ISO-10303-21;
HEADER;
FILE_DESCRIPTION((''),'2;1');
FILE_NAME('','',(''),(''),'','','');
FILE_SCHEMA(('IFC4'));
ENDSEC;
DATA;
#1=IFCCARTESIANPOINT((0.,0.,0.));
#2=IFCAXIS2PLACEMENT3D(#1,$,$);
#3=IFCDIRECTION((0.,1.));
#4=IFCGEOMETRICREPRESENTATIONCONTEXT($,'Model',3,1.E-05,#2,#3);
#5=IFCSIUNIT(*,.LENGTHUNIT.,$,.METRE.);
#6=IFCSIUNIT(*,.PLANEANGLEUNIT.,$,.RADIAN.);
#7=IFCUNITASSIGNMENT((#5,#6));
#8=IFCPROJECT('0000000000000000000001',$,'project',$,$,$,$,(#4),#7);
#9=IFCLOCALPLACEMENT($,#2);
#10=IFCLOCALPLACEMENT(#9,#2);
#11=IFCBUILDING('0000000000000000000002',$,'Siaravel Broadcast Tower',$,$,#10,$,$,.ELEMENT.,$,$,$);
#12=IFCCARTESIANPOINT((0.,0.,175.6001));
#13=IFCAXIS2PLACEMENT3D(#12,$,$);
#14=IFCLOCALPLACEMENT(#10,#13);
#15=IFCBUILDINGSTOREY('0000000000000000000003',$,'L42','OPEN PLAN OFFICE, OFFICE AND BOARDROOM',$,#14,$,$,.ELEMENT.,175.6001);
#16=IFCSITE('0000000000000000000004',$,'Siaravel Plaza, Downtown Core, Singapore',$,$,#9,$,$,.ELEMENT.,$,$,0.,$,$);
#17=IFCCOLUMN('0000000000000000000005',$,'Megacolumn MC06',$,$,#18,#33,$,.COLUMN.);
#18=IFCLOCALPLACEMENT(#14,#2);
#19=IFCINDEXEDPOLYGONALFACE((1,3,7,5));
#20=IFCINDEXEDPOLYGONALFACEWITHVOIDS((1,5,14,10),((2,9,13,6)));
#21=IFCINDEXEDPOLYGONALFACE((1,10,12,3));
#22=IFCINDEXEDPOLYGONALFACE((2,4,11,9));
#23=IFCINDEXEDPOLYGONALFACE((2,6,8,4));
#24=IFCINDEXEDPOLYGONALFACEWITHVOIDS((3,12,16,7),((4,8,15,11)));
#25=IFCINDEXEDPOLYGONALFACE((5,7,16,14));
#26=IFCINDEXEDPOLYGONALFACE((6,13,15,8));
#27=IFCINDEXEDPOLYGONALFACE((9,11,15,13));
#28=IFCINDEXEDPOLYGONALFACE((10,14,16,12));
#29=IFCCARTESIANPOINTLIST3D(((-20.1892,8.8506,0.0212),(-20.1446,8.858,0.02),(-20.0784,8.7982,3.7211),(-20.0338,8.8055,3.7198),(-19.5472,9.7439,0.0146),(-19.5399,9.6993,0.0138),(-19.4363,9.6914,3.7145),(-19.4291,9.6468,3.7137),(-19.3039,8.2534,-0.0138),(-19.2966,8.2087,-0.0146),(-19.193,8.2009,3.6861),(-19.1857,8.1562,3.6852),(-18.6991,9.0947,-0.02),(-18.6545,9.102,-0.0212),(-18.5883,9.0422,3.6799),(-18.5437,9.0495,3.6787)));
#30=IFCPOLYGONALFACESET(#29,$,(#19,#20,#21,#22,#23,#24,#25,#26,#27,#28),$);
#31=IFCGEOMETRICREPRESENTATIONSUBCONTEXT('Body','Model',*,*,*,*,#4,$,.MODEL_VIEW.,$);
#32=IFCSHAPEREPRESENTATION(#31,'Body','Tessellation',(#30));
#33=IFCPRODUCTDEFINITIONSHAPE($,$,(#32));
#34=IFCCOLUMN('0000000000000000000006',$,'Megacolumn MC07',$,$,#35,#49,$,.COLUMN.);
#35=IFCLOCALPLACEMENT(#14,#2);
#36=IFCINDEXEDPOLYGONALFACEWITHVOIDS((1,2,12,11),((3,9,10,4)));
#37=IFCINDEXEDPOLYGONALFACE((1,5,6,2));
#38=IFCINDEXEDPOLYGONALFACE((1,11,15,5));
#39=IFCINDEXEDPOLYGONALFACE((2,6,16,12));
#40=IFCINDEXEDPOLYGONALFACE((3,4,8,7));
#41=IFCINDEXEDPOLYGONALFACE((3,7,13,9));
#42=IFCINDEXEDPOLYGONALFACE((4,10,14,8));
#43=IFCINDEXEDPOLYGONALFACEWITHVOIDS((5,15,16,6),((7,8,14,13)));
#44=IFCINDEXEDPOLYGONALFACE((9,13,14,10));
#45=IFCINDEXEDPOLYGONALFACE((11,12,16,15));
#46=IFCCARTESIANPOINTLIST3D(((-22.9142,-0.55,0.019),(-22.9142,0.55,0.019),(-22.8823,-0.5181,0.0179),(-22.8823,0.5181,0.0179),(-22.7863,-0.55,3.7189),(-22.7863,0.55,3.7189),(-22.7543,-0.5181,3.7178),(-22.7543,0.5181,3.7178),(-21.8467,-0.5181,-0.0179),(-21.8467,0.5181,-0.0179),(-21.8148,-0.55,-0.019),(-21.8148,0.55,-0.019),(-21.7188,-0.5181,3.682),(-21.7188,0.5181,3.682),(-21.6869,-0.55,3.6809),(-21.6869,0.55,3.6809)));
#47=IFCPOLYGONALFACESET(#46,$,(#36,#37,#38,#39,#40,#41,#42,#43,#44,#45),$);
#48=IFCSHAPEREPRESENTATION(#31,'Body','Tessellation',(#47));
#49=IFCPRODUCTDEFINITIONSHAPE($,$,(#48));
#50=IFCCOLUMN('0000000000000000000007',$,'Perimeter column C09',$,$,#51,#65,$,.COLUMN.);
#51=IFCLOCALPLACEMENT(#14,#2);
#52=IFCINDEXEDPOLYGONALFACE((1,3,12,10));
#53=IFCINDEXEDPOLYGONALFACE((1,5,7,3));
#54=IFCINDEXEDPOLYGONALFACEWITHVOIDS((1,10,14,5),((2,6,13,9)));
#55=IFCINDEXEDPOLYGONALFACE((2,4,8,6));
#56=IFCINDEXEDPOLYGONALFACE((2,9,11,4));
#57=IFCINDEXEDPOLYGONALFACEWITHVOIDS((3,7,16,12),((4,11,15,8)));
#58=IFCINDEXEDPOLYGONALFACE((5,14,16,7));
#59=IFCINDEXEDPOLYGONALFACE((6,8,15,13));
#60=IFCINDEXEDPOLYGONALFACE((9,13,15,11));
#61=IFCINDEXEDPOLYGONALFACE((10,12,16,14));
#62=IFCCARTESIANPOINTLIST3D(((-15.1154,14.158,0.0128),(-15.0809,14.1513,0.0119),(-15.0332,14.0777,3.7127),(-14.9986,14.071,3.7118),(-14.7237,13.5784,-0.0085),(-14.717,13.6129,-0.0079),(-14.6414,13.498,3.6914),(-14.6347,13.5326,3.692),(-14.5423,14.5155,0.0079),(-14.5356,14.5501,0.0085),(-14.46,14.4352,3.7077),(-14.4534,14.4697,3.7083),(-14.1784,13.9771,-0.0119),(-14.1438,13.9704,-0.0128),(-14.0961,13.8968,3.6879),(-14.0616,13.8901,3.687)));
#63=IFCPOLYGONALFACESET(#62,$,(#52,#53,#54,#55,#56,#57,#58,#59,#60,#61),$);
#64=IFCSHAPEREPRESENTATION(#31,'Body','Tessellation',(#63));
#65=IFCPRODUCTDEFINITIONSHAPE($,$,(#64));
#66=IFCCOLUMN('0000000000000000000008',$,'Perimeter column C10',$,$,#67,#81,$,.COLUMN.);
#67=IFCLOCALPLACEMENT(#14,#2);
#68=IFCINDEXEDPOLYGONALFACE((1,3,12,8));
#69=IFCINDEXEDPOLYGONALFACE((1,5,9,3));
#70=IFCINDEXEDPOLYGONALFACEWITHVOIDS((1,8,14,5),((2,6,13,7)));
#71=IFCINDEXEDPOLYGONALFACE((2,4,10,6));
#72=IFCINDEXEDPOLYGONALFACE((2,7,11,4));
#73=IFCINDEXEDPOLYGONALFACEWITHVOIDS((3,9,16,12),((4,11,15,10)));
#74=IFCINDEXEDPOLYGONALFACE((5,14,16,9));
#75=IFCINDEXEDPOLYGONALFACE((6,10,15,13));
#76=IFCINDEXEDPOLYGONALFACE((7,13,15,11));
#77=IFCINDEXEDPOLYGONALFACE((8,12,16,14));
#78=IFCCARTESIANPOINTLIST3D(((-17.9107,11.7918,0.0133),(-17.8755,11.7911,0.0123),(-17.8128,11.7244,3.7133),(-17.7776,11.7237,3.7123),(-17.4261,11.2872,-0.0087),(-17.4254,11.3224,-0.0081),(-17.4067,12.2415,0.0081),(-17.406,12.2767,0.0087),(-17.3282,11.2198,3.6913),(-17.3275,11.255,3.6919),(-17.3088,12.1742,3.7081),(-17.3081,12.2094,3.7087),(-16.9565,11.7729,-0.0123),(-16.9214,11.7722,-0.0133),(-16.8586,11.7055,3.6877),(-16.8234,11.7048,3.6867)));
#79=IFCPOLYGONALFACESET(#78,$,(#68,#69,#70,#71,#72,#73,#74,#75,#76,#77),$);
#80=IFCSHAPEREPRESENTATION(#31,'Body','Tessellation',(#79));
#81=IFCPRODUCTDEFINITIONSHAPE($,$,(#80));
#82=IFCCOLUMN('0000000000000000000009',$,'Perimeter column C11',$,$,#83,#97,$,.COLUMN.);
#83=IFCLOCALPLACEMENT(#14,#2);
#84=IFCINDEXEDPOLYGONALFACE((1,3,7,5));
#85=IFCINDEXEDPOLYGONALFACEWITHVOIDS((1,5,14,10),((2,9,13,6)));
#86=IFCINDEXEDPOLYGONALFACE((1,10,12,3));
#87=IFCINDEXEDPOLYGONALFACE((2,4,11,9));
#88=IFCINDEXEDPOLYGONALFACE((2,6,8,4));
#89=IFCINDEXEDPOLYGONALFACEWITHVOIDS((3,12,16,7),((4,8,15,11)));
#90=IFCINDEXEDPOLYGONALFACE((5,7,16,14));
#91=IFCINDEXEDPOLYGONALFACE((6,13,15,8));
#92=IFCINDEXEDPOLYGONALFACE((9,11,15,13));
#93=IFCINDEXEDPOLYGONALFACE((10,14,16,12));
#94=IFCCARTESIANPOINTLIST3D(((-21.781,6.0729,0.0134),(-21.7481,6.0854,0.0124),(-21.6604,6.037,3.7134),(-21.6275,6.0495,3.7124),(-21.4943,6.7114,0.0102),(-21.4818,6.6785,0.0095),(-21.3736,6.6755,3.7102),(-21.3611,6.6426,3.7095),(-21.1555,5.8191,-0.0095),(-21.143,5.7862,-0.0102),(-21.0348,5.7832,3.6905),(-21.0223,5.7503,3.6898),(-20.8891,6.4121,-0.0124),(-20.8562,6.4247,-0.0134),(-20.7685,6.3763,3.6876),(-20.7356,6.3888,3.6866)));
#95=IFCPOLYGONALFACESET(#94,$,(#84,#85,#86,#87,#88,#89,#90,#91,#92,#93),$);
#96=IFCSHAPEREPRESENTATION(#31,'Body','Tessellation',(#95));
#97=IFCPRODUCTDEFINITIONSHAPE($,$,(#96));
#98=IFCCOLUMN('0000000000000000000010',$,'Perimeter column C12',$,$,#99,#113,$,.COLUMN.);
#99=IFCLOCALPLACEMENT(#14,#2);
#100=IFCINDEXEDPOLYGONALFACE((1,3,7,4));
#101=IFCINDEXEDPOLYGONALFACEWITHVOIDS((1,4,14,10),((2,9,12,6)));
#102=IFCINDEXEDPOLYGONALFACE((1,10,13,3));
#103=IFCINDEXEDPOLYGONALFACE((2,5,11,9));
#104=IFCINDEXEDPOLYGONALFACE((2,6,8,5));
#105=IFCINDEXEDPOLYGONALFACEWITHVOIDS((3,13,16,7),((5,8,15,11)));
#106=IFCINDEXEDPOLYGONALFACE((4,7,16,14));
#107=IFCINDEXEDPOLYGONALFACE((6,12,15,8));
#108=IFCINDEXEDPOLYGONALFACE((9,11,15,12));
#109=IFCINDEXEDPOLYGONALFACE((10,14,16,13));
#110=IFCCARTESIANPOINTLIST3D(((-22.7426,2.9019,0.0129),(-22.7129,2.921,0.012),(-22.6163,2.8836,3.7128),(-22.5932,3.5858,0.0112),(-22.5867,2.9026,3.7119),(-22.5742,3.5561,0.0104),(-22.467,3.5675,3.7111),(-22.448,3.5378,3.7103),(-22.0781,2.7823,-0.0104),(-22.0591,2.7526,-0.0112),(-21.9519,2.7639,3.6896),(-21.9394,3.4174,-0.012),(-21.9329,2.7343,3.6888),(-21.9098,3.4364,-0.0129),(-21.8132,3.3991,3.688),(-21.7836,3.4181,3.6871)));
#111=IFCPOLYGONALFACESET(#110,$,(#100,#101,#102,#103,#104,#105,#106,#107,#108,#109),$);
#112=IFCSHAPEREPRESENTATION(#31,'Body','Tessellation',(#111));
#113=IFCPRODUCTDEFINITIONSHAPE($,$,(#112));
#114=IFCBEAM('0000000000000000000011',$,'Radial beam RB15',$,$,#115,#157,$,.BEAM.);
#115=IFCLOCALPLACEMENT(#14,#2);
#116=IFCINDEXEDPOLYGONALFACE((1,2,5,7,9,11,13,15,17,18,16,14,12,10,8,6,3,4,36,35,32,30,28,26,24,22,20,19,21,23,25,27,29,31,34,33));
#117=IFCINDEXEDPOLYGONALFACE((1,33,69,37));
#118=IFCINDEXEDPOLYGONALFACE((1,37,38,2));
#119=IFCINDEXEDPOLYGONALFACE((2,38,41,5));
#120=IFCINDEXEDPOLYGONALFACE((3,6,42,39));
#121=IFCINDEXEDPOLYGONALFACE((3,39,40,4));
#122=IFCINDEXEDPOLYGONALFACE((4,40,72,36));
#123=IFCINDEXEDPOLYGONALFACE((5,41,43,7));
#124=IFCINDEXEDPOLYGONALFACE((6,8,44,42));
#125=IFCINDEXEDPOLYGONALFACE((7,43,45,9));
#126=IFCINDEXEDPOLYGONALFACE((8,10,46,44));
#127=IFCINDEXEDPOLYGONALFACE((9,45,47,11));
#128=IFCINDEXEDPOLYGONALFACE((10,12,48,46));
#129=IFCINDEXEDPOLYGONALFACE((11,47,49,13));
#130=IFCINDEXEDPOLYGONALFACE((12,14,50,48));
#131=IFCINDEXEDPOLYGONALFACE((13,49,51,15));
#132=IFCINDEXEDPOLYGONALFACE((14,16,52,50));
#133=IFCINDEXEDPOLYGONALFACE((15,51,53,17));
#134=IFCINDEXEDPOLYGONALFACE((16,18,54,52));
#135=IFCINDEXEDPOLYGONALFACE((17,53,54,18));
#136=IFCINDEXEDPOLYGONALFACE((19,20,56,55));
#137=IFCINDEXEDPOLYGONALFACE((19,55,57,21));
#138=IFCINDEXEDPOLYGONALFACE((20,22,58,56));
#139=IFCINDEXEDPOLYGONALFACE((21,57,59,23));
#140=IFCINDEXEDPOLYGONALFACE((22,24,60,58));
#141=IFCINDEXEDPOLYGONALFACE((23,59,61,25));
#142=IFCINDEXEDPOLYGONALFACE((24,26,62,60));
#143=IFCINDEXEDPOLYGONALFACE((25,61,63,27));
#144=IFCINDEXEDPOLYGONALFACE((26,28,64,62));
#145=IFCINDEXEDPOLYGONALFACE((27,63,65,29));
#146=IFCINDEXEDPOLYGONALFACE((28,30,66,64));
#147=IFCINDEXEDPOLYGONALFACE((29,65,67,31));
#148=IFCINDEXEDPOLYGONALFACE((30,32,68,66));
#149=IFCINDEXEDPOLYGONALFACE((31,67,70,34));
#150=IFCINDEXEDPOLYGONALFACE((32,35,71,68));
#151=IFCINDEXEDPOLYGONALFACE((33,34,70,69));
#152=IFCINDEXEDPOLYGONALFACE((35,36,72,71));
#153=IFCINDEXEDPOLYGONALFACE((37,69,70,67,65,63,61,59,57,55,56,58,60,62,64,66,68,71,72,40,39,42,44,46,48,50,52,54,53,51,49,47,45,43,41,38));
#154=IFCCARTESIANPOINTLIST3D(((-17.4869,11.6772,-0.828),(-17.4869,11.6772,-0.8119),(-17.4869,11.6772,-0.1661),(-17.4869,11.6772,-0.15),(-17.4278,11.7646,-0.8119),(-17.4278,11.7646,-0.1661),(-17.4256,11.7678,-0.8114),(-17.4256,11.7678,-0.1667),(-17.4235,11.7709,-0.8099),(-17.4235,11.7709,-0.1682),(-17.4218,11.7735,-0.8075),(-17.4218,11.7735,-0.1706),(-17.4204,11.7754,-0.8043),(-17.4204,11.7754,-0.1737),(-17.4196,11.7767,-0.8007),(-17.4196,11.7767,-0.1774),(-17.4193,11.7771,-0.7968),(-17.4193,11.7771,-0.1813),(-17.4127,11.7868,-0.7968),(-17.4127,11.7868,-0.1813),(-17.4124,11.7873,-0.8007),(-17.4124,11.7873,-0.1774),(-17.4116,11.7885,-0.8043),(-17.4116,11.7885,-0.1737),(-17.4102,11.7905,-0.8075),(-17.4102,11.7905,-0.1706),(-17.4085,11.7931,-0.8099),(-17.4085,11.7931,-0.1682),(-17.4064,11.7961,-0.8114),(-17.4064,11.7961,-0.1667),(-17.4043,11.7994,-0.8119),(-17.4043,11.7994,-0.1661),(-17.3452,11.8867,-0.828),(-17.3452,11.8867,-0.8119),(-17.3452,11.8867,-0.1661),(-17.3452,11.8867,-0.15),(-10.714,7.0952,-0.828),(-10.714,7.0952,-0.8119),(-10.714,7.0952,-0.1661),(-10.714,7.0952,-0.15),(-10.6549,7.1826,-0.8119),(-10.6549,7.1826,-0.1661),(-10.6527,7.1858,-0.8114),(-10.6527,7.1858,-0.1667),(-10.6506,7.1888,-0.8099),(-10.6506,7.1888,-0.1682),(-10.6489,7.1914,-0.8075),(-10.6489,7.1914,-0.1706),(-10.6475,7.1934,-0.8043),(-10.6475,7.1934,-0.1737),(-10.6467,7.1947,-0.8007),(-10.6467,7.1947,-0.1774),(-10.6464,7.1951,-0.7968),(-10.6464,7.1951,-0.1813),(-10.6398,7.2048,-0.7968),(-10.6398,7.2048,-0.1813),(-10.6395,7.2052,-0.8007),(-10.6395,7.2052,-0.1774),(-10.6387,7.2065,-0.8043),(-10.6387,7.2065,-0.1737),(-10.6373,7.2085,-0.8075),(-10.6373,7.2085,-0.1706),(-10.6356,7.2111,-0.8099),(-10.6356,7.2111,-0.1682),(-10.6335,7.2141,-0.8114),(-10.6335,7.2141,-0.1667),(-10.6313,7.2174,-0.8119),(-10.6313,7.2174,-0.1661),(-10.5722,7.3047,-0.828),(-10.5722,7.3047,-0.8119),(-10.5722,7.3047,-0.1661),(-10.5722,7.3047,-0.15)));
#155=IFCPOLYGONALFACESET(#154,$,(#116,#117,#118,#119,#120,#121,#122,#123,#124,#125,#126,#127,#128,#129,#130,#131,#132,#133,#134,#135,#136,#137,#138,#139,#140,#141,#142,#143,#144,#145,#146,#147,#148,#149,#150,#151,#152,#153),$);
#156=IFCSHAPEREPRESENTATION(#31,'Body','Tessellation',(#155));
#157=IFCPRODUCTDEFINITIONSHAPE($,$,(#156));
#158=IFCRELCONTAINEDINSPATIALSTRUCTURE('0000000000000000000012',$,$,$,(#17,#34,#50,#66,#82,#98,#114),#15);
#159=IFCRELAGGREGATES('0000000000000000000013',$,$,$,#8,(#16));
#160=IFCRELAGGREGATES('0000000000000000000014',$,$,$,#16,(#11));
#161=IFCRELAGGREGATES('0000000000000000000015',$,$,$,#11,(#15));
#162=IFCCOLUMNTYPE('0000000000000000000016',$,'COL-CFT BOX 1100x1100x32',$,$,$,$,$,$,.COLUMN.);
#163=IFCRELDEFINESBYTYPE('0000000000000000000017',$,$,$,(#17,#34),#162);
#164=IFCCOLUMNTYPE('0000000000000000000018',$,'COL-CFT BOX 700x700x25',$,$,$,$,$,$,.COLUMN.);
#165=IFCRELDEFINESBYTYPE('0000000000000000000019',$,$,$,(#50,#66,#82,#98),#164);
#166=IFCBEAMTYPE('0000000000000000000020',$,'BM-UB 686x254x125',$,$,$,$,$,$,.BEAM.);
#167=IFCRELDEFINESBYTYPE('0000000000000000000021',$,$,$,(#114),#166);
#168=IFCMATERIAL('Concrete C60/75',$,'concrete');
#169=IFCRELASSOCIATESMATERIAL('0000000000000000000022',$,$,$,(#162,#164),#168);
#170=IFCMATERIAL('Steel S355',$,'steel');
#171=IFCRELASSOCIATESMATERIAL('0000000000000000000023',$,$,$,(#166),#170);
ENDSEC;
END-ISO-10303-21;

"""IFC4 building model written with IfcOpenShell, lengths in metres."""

from ifc_helpers import new_model, si_unit, direction, frame, origin, origin_2d, place, context, subcontext, project, spatial, hollow_rectangle, i_section, extrude, material, material_profile, profile_set, type_object, element, save


model = new_model("IFC4")

# Units and contexts
model_context = context("Model", 3, precision=1e-05, world=origin(), true_north=direction((0.0, 1.0)))
body_context = subcontext(model_context, "Body", "Model", "MODEL_VIEW")
ifc_project = project(units=[si_unit("LENGTHUNIT", "METRE"), si_unit("PLANEANGLEUNIT", "RADIAN")], contexts=[model_context])

# Site, building, storey
site_placement = place(None, origin())
site = spatial("IfcSite", under=ifc_project, at=site_placement, Name="Siaravel Plaza, Downtown Core, Singapore", CompositionType="ELEMENT", RefElevation=0.0)
building_placement = place(site_placement, origin())
building = spatial("IfcBuilding", under=site, at=building_placement, Name="Siaravel Broadcast Tower", CompositionType="ELEMENT")
storey_placement = place(building_placement, frame((0.0, 0.0, 175.6001)))
storey = spatial("IfcBuildingStorey", under=building, at=storey_placement, Name="L42", Description="OPEN PLAN OFFICE, OFFICE AND BOARDROOM", CompositionType="ELEMENT", Elevation=175.6001)

# Columns
ifc_material_1 = material(Name="Concrete C60/75", Category="concrete")
ifc_material_profile_1 = material_profile(ifc_material_1, hollow_rectangle(XDim=1.1001, YDim=1.1001, WallThickness=0.032, at=origin_2d()))
ifc_profile_set_1 = profile_set([ifc_material_profile_1], Name="Concrete C60/75")
column_type_1 = type_object("IfcColumnType", Name="COL-CFT BOX 1100x1100x32", PredefinedType="COLUMN", material=ifc_profile_set_1)
column_1_placement = place(storey_placement, frame((-19.4219, 8.9763, 0.0), z_axis=(0.029941, -0.014179, 0.999451), x_axis=(0.583647, 0.811986, -0.005965)))
element("IfcColumn", 1, at=column_1_placement, inside=storey, type_object=column_type_1, Name="Megacolumn MC06", PredefinedType="COLUMN", context=body_context, shape_type="SweptSolid", body=[
    extrude(hollow_rectangle(XDim=1.1001, YDim=1.1001, WallThickness=0.032, at=origin_2d()), origin(), (0.0, 0.0, 1.0), 3.7019),
])
column_2_placement = place(storey_placement, frame((-22.3645, 0.0, 0.0), z_axis=(0.034555, 0.0, 0.999403), x_axis=(0.0, 1.0, 0.0)))
element("IfcColumn", 2, at=column_2_placement, inside=storey, type_object=column_type_1, Name="Megacolumn MC07", PredefinedType="COLUMN", context=body_context, shape_type="SweptSolid", body=[
    extrude(hollow_rectangle(XDim=1.1001, YDim=1.1001, WallThickness=0.032, at=origin_2d()), origin(), (0.0, 0.0, 1.0), 3.7021),
])
ifc_material_profile_2 = material_profile(ifc_material_1, hollow_rectangle(XDim=0.7, YDim=0.7, WallThickness=0.0249, at=origin_2d()))
ifc_profile_set_2 = profile_set([ifc_material_profile_2], Name="Concrete C60/75")
column_type_2 = type_object("IfcColumnType", Name="COL-CFT BOX 700x700x25", PredefinedType="COLUMN", material=ifc_profile_set_2)
column_3_placement = place(storey_placement, frame((-14.6296, 14.0642, 0.0), z_axis=(0.022226, -0.021699, 0.999517), x_axis=(0.82837, 0.560146, -0.00626)))
element("IfcColumn", 3, at=column_3_placement, inside=storey, type_object=column_type_2, Name="Perimeter column C09", PredefinedType="COLUMN", context=body_context, shape_type="SweptSolid", body=[
    extrude(hollow_rectangle(XDim=0.7, YDim=0.7, WallThickness=0.0249, at=origin_2d()), origin(), (0.0, 0.0, 1.0), 3.7017),
])
column_4_placement = place(storey_placement, frame((-17.416, 11.782, 0.0), z_axis=(0.026446, -0.018202, 0.999484), x_axis=(0.721081, 0.692821, -0.006462)))
element("IfcColumn", 4, at=column_4_placement, inside=storey, type_object=column_type_2, Name="Perimeter column C10", PredefinedType="COLUMN", context=body_context, shape_type="SweptSolid", body=[
    extrude(hollow_rectangle(XDim=0.7, YDim=0.7, WallThickness=0.0249, at=origin_2d()), origin(), (0.0, 0.0, 1.0), 3.7019),
])
for number, where, z_axis, x_axis, name in (
    (5, (-21.3186, 6.2488, 0.0), (0.032578, -0.009694, 0.999422), (0.40973, 0.912196, -0.004508), "Perimeter column C11"),
    (6, (-22.3262, 3.1692, 0.0), (0.034094, -0.004946, 0.999406), (0.213384, 0.976965, -0.002445), "Perimeter column C12"),
):
    element("IfcColumn", number, at=place(storey_placement, frame(where, z_axis=z_axis, x_axis=x_axis)), inside=storey, type_object=column_type_2, Name=name, PredefinedType="COLUMN", context=body_context, shape_type="SweptSolid", body=[
        extrude(hollow_rectangle(XDim=0.7, YDim=0.7, WallThickness=0.0249, at=origin_2d()), origin(), (0.0, 0.0, 1.0), 3.7021),
    ])

# Beam
ifc_material_2 = material(Name="Steel S355", Category="steel")
ifc_material_profile_3 = material_profile(ifc_material_2, i_section(OverallWidth=0.2529, OverallDepth=0.678, WebThickness=0.0117, FlangeThickness=0.0161, FilletRadius=0.0151, at=origin_2d()))
ifc_profile_set_3 = profile_set([ifc_material_profile_3], Name="Steel S355")
beam_type = type_object("IfcBeamType", Name="BM-UB 686x254x125", PredefinedType="BEAM", material=ifc_profile_set_3)
beam_1_placement = place(storey_placement, frame((-17.416, 11.782, -0.489), z_axis=(0.828265, -0.560337, 0.0), x_axis=(0.560337, 0.828265, 0.0)))
element("IfcBeam", 7, at=beam_1_placement, inside=storey, type_object=beam_type, Name="Radial beam RB15", PredefinedType="BEAM", context=body_context, shape_type="SweptSolid", body=[
    extrude(i_section(OverallWidth=0.2529, OverallDepth=0.678, WebThickness=0.0117, FlangeThickness=0.0161, FilletRadius=0.0151, at=origin_2d()), origin(), (0.0, 0.0, 1.0), 8.1772),
])

save(model, "model.ifc")
